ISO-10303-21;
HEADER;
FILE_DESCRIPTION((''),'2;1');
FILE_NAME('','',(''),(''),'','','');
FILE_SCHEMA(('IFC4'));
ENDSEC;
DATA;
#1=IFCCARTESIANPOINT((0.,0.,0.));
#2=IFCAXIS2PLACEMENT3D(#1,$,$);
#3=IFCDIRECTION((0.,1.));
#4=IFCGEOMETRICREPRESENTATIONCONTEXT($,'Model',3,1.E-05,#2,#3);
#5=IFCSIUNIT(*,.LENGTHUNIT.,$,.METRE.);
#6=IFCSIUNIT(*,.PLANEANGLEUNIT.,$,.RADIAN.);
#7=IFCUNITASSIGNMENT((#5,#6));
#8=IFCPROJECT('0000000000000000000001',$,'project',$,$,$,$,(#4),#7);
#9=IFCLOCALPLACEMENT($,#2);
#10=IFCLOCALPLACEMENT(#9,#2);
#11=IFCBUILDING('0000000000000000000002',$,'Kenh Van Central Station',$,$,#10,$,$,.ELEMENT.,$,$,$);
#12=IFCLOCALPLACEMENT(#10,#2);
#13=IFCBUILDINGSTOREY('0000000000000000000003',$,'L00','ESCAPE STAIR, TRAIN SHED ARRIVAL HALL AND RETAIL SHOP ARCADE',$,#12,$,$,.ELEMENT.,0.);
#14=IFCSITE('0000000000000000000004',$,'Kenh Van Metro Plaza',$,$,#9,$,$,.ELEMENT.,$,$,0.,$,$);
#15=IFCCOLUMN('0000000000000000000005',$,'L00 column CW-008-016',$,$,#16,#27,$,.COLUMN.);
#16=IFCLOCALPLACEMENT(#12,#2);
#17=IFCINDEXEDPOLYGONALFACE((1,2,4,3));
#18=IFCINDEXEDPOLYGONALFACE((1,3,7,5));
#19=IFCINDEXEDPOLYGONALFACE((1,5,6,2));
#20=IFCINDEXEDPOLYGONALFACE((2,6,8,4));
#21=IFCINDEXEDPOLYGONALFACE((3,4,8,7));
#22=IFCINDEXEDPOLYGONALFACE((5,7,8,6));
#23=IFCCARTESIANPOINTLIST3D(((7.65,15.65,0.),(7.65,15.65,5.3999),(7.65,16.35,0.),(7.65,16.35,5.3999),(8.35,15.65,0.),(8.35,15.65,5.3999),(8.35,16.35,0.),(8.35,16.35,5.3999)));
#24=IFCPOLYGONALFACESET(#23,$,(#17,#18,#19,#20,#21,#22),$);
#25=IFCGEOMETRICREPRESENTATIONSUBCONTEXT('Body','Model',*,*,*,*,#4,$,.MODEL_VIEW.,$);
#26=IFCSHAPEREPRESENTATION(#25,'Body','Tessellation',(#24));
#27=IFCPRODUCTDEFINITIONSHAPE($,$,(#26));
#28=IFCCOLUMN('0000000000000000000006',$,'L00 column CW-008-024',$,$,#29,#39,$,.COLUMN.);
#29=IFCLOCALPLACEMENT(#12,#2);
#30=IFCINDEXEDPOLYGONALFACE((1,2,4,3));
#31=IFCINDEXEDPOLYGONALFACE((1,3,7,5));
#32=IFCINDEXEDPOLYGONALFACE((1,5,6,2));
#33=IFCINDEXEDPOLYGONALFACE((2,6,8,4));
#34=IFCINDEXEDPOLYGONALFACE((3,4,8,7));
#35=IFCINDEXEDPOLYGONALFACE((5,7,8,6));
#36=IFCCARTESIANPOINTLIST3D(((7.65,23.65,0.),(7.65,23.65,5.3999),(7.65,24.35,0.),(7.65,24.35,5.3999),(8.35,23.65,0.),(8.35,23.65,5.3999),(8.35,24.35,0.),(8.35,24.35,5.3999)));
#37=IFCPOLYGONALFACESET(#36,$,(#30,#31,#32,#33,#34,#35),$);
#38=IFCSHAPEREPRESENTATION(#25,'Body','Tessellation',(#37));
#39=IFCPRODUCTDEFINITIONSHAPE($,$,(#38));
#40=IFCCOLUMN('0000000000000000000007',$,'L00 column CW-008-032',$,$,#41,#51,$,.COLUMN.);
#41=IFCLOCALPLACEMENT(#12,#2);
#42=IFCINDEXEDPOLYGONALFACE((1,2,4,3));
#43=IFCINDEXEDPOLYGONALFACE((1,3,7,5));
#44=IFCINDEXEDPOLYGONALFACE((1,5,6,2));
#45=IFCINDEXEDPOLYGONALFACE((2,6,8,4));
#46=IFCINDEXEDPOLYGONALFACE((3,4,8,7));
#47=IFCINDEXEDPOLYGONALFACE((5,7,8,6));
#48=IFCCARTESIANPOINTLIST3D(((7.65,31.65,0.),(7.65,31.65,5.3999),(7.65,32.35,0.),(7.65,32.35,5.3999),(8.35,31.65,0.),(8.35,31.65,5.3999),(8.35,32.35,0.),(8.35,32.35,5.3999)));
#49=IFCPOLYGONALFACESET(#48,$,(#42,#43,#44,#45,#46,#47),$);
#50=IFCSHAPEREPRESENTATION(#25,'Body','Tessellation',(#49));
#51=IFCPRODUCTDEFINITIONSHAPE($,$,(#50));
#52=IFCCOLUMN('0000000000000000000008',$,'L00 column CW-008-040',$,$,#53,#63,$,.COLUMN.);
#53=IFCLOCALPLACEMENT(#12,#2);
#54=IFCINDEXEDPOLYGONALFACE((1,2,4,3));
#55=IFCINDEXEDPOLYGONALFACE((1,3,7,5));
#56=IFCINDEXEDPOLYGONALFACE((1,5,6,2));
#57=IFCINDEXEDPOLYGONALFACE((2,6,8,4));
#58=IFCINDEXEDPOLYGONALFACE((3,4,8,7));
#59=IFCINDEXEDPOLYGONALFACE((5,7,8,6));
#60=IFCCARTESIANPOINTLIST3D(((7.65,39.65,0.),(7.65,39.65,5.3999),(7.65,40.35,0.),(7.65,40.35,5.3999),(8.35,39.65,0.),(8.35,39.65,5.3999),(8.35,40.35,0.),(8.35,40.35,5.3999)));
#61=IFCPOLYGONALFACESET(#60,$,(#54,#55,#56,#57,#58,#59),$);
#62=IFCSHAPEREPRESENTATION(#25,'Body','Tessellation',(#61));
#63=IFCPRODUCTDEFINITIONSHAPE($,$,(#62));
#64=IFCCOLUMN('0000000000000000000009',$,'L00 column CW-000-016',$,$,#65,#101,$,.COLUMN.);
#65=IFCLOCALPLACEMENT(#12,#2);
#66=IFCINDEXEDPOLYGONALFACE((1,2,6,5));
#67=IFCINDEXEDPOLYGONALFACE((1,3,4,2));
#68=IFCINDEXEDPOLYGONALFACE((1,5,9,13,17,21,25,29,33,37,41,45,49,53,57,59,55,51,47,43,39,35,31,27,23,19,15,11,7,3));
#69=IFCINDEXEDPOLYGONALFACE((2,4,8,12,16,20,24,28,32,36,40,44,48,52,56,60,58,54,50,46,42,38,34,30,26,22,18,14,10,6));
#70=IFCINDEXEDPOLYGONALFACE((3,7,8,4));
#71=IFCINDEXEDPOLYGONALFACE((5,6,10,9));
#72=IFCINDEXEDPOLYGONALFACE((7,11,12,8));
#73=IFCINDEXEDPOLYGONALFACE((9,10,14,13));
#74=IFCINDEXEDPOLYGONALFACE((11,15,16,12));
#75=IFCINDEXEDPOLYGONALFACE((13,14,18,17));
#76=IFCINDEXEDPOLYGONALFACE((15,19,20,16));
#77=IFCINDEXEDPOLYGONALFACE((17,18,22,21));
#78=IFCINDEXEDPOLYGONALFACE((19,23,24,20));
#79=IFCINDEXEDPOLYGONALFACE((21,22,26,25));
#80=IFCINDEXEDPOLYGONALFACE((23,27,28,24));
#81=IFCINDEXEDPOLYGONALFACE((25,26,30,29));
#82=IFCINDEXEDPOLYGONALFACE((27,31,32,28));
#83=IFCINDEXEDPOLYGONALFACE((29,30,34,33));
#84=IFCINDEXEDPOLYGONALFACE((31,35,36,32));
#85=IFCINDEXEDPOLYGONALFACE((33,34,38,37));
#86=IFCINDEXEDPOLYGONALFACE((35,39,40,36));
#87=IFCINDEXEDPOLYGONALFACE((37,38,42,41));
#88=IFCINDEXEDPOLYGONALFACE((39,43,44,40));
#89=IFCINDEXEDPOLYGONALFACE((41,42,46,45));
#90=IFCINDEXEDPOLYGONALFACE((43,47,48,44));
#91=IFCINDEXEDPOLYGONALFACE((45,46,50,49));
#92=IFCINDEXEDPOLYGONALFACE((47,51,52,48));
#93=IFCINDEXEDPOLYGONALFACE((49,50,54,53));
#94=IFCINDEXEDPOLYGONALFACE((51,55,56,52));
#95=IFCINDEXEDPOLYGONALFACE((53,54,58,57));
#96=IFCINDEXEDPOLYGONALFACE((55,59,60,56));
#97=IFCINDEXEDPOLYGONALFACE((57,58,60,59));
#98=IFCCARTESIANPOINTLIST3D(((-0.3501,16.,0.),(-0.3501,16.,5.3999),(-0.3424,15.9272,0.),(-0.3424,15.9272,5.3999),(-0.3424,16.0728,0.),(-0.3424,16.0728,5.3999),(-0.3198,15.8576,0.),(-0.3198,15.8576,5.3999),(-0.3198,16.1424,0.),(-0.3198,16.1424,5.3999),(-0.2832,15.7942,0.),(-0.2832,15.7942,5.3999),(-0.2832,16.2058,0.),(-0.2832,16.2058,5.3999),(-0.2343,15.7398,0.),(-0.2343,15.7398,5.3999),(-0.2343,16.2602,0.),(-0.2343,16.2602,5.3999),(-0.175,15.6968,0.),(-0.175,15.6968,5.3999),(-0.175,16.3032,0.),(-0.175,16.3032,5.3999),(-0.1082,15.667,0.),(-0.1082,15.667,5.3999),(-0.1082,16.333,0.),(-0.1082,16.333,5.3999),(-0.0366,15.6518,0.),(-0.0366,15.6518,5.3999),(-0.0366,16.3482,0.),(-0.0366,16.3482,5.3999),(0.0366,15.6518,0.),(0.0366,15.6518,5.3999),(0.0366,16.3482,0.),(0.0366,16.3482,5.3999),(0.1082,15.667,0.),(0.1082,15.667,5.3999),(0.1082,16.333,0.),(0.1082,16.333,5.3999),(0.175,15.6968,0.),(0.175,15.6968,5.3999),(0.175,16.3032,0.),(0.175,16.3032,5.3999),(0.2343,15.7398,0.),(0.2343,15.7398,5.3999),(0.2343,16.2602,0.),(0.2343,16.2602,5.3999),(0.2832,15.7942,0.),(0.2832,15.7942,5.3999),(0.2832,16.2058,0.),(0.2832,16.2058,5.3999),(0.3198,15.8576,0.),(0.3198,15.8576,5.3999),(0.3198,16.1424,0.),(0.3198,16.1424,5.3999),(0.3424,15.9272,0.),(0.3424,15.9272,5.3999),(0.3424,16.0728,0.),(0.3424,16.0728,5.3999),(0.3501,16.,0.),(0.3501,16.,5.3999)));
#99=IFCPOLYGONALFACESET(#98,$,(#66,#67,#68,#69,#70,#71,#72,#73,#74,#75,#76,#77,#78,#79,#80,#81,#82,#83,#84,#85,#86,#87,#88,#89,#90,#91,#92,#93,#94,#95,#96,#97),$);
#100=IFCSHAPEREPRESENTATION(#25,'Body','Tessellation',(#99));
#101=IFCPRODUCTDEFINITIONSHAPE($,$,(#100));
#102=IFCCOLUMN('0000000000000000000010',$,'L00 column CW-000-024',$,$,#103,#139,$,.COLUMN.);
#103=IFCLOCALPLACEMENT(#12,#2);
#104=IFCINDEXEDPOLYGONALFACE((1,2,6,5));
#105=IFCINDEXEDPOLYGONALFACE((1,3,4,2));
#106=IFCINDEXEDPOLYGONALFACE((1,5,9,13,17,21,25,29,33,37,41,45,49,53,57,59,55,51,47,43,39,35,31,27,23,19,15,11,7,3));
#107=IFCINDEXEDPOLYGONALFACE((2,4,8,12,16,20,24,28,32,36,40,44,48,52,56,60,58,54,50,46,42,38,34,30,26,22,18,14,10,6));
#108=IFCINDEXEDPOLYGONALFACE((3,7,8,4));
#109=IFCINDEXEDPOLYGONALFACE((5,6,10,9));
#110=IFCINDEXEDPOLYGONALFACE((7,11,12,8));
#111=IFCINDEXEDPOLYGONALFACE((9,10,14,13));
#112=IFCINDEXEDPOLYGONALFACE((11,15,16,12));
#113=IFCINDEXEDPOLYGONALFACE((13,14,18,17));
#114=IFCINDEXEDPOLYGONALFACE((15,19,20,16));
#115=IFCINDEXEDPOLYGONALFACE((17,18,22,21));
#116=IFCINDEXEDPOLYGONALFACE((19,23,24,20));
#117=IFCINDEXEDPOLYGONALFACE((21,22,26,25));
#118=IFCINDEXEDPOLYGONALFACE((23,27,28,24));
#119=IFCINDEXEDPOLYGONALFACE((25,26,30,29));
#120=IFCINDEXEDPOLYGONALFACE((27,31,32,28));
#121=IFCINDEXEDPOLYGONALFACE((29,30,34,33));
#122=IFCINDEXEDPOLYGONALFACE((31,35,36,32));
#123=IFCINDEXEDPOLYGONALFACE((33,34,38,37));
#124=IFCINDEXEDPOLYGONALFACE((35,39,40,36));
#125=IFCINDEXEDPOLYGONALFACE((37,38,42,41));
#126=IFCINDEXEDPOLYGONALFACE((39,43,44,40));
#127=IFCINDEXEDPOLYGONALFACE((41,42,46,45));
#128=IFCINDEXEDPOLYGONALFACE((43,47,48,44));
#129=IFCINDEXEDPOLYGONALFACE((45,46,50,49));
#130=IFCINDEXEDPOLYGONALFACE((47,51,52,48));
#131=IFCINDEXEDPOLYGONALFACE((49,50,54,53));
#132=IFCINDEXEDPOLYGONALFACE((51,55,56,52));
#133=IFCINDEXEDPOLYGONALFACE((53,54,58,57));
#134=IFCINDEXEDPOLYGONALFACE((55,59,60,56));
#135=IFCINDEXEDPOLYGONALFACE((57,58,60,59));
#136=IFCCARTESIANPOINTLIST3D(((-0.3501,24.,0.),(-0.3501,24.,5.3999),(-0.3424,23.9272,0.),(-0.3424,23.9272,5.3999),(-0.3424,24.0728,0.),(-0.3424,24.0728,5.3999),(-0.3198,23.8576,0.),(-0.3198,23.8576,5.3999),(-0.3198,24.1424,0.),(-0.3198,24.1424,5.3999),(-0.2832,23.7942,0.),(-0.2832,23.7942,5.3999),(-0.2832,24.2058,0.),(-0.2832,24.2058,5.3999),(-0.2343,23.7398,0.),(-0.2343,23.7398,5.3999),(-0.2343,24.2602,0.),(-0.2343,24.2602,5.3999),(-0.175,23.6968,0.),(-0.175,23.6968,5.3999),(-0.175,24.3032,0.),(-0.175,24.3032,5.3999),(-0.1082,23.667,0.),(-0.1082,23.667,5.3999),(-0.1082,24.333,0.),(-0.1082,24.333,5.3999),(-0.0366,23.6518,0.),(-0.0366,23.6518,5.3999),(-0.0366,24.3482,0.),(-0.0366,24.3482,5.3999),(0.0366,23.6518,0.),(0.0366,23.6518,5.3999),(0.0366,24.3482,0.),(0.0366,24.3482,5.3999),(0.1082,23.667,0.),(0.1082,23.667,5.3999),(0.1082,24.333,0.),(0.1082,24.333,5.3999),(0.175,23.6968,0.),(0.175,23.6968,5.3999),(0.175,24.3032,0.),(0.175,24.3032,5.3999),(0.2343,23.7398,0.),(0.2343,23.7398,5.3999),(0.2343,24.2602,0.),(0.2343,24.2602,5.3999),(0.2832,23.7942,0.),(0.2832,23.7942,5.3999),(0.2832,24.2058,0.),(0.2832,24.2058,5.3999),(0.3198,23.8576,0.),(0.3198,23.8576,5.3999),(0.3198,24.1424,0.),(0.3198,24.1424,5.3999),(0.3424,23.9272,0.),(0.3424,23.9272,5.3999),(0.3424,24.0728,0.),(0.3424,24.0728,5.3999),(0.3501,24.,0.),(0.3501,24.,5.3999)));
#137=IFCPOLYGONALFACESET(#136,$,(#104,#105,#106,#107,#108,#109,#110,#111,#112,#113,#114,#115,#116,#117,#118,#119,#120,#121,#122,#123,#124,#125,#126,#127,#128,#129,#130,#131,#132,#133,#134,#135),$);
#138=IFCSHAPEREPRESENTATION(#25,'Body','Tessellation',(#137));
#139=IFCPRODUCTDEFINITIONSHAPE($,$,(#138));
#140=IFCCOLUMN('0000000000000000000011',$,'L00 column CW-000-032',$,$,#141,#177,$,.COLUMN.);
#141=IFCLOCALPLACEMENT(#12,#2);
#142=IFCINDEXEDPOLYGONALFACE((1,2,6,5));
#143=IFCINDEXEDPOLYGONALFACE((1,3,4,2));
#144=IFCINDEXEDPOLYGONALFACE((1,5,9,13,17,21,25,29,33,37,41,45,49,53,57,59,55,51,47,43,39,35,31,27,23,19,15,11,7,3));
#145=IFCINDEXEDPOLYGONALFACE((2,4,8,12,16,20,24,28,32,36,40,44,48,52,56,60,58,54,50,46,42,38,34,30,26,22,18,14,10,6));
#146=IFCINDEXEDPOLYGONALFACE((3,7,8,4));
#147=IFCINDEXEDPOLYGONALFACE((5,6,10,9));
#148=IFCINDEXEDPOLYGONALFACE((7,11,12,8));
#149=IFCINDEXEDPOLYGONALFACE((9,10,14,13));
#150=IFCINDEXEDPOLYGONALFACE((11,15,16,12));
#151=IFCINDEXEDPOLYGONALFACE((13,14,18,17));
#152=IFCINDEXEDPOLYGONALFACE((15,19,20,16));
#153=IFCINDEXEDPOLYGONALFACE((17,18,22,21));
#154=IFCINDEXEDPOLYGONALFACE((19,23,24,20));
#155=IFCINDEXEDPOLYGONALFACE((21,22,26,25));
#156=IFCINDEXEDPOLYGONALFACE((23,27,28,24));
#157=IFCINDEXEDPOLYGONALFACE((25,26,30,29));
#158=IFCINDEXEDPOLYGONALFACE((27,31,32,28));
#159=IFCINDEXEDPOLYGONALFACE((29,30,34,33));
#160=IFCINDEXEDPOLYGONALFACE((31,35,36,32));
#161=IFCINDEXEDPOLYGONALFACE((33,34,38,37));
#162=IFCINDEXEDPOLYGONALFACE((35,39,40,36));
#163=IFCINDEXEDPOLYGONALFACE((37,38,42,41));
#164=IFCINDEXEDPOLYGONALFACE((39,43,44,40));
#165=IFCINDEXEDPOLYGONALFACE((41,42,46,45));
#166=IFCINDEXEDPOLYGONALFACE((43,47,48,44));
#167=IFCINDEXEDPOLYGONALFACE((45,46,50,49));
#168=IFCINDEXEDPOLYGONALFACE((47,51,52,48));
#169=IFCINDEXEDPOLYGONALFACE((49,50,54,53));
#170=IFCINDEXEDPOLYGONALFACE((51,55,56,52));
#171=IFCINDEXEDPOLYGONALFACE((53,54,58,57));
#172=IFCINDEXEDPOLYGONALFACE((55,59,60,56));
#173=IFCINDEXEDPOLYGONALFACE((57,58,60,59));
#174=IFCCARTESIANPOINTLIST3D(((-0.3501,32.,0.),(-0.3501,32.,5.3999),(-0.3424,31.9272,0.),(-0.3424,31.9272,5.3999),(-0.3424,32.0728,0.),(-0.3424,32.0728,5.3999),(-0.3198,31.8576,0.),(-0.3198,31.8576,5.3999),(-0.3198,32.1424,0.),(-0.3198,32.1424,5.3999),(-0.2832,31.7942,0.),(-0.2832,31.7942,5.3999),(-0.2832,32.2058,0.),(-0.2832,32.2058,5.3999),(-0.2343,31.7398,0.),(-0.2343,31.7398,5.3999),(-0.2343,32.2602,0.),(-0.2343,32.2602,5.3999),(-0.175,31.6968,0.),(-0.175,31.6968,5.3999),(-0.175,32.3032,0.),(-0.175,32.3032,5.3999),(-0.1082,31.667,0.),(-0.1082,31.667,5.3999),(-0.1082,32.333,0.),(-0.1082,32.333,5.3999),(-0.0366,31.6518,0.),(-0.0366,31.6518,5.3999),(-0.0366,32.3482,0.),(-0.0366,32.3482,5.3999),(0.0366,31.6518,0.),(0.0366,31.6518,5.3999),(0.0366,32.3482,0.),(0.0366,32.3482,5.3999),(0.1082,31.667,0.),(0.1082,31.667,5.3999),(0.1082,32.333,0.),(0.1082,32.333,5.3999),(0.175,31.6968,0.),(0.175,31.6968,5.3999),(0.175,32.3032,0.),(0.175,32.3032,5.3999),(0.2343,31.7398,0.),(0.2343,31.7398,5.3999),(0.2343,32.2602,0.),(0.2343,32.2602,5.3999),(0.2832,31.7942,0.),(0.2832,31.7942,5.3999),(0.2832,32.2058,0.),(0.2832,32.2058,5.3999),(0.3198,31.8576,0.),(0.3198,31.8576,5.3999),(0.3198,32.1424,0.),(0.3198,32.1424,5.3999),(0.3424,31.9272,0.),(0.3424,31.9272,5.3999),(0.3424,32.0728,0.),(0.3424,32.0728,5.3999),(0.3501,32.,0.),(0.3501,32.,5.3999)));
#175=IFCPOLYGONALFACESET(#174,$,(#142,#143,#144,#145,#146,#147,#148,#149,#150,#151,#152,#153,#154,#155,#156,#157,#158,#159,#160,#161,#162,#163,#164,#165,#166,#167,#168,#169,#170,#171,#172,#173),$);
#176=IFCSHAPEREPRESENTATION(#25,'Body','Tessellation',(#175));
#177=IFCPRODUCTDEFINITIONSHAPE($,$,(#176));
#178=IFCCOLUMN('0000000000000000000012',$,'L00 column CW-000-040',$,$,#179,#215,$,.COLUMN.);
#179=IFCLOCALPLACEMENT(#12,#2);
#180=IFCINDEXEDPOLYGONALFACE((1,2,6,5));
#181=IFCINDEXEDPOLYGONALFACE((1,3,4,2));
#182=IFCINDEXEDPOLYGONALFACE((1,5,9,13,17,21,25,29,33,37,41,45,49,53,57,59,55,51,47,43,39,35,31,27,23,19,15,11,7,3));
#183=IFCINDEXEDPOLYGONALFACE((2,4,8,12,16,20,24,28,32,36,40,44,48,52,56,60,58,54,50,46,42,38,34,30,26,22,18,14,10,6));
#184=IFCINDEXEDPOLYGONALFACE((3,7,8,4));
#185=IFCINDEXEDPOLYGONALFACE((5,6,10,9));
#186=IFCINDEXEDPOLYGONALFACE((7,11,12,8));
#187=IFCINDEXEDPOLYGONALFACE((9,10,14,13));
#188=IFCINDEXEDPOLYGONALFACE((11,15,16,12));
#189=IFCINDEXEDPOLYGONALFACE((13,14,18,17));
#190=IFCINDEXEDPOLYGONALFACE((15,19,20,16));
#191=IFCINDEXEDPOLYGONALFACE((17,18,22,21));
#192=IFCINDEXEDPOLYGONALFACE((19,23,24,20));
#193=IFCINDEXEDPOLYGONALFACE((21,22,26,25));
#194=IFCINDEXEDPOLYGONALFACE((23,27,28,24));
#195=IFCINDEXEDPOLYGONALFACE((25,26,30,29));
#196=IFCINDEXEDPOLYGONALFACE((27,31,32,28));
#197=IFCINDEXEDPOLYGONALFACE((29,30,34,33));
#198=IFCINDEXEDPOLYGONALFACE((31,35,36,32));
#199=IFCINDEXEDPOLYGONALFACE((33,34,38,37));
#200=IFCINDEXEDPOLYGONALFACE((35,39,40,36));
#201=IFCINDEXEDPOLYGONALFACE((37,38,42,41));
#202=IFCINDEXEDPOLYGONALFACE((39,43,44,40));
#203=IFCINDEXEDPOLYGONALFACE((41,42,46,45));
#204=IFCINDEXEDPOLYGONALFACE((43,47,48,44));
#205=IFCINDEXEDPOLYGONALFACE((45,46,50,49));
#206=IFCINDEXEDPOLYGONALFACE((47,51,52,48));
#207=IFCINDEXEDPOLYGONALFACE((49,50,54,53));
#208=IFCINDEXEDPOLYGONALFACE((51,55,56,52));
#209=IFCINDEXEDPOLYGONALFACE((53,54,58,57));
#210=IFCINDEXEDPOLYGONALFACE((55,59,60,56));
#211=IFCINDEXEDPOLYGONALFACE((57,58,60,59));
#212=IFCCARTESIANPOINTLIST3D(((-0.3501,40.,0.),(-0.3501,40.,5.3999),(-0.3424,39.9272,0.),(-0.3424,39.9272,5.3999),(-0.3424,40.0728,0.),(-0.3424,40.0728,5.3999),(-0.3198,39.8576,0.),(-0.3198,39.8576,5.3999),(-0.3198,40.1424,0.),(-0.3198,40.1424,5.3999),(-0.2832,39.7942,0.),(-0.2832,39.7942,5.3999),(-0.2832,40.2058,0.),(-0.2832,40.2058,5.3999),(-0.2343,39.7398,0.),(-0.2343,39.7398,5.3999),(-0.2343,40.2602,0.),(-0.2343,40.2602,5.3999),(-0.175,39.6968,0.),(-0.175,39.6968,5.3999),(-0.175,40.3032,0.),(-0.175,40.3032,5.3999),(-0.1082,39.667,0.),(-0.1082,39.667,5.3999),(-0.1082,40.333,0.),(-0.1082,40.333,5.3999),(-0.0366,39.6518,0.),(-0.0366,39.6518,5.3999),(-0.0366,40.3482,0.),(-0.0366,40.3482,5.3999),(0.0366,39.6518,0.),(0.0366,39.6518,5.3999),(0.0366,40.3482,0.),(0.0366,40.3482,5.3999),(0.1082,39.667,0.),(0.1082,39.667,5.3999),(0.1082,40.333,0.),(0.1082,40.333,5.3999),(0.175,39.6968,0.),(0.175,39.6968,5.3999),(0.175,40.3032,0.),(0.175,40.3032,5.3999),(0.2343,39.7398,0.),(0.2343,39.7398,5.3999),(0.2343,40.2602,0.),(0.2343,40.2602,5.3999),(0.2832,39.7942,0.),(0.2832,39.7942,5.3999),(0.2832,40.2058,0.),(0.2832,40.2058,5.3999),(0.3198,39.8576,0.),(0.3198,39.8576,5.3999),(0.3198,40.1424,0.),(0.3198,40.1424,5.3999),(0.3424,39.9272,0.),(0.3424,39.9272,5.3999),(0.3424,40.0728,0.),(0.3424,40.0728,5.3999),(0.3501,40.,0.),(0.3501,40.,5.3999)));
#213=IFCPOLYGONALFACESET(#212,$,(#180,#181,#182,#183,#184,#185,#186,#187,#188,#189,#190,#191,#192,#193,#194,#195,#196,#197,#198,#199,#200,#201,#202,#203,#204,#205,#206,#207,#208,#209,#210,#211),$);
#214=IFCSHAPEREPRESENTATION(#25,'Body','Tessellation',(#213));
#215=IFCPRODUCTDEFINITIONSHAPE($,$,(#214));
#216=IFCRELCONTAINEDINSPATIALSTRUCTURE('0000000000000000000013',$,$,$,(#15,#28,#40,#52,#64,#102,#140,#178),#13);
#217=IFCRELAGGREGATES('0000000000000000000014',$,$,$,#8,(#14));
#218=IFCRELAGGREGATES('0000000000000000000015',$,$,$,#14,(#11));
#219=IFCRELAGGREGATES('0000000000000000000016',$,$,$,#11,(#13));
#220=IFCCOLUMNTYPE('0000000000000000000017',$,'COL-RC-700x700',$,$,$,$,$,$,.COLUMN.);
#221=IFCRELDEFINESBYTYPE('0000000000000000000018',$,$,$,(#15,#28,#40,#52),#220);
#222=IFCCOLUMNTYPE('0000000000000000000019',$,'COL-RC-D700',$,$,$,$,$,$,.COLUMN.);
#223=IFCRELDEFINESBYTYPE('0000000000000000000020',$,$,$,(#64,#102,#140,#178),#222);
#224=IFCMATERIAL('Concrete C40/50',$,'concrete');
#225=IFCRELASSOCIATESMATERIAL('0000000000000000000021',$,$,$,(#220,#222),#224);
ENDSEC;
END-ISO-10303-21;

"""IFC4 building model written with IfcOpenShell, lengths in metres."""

from ifc_helpers import new_model, si_unit, direction, frame, origin, origin_2d, place, context, subcontext, project, spatial, rectangle, circle, extrude, material, material_profile, profile_set, type_object, element, save


model = new_model("IFC4")

# Units and contexts
model_context = context("Model", 3, precision=1e-05, world=origin(), true_north=direction((0.0, 1.0)))
body_context = subcontext(model_context, "Body", "Model", "MODEL_VIEW")
ifc_project = project(units=[si_unit("LENGTHUNIT", "METRE"), si_unit("PLANEANGLEUNIT", "RADIAN")], contexts=[model_context])

# Site, building, storey
site_placement = place(None, origin())
site = spatial("IfcSite", under=ifc_project, at=site_placement, Name="Kenh Van Metro Plaza", CompositionType="ELEMENT", RefElevation=0.0)
building_placement = place(site_placement, origin())
building = spatial("IfcBuilding", under=site, at=building_placement, Name="Kenh Van Central Station", CompositionType="ELEMENT")
storey_placement = place(building_placement, origin())
storey = spatial("IfcBuildingStorey", under=building, at=storey_placement, Name="L00", Description="ESCAPE STAIR, TRAIN SHED ARRIVAL HALL AND RETAIL SHOP ARCADE", CompositionType="ELEMENT", Elevation=0.0)

# Columns
ifc_material_1 = material(Name="Concrete C40/50", Category="concrete")
ifc_material_profile_1 = material_profile(ifc_material_1, rectangle(XDim=0.7, YDim=0.7, at=origin_2d()), Name="RC 700x700")
ifc_profile_set_1 = profile_set([ifc_material_profile_1], Name="Concrete C40/50")
column_type_1 = type_object("IfcColumnType", Name="COL-RC-700x700", PredefinedType="COLUMN", material=ifc_profile_set_1)
for number, where, z_axis, x_axis, name in (
    (1, (8.0, 16.0, 0.0), (0.0, 0.0, 1.0), (1.0, 0.0, 0.0), "L00 column CW-008-016"),
    (2, (8.0, 24.0, 0.0), (0.0, 0.0, 1.0), (1.0, 0.0, 0.0), "L00 column CW-008-024"),
    (3, (8.0, 32.0, 0.0), (0.0, 0.0, 1.0), (1.0, 0.0, 0.0), "L00 column CW-008-032"),
    (4, (8.0, 40.0, 0.0), (0.0, 0.0, 1.0), (1.0, 0.0, 0.0), "L00 column CW-008-040"),
):
    element("IfcColumn", number, at=place(storey_placement, frame(where, z_axis=z_axis, x_axis=x_axis)), inside=storey, type_object=column_type_1, Name=name, PredefinedType="COLUMN", context=body_context, shape_type="SweptSolid", body=[
        extrude(rectangle(XDim=0.7, YDim=0.7, at=origin_2d()), origin(), (0.0, 0.0, 1.0), 5.3999),
    ])
ifc_material_profile_2 = material_profile(ifc_material_1, circle(Radius=0.3501, at=origin_2d()), Name="RC D700")
ifc_profile_set_2 = profile_set([ifc_material_profile_2], Name="Concrete C40/50")
column_type_2 = type_object("IfcColumnType", Name="COL-RC-D700", PredefinedType="COLUMN", material=ifc_profile_set_2)
for number, where, z_axis, x_axis, name in (
    (5, (0.0, 16.0, 0.0), (0.0, 0.0, 1.0), (1.0, 0.0, 0.0), "L00 column CW-000-016"),
    (6, (0.0, 24.0, 0.0), (0.0, 0.0, 1.0), (1.0, 0.0, 0.0), "L00 column CW-000-024"),
    (7, (0.0, 32.0, 0.0), (0.0, 0.0, 1.0), (1.0, 0.0, 0.0), "L00 column CW-000-032"),
    (8, (0.0, 40.0, 0.0), (0.0, 0.0, 1.0), (1.0, 0.0, 0.0), "L00 column CW-000-040"),
):
    element("IfcColumn", number, at=place(storey_placement, frame(where, z_axis=z_axis, x_axis=x_axis)), inside=storey, type_object=column_type_2, Name=name, PredefinedType="COLUMN", context=body_context, shape_type="SweptSolid", body=[
        extrude(circle(Radius=0.3501, at=origin_2d()), origin(), (0.0, 0.0, 1.0), 5.3999),
    ])

save(model, "model.ifc")
